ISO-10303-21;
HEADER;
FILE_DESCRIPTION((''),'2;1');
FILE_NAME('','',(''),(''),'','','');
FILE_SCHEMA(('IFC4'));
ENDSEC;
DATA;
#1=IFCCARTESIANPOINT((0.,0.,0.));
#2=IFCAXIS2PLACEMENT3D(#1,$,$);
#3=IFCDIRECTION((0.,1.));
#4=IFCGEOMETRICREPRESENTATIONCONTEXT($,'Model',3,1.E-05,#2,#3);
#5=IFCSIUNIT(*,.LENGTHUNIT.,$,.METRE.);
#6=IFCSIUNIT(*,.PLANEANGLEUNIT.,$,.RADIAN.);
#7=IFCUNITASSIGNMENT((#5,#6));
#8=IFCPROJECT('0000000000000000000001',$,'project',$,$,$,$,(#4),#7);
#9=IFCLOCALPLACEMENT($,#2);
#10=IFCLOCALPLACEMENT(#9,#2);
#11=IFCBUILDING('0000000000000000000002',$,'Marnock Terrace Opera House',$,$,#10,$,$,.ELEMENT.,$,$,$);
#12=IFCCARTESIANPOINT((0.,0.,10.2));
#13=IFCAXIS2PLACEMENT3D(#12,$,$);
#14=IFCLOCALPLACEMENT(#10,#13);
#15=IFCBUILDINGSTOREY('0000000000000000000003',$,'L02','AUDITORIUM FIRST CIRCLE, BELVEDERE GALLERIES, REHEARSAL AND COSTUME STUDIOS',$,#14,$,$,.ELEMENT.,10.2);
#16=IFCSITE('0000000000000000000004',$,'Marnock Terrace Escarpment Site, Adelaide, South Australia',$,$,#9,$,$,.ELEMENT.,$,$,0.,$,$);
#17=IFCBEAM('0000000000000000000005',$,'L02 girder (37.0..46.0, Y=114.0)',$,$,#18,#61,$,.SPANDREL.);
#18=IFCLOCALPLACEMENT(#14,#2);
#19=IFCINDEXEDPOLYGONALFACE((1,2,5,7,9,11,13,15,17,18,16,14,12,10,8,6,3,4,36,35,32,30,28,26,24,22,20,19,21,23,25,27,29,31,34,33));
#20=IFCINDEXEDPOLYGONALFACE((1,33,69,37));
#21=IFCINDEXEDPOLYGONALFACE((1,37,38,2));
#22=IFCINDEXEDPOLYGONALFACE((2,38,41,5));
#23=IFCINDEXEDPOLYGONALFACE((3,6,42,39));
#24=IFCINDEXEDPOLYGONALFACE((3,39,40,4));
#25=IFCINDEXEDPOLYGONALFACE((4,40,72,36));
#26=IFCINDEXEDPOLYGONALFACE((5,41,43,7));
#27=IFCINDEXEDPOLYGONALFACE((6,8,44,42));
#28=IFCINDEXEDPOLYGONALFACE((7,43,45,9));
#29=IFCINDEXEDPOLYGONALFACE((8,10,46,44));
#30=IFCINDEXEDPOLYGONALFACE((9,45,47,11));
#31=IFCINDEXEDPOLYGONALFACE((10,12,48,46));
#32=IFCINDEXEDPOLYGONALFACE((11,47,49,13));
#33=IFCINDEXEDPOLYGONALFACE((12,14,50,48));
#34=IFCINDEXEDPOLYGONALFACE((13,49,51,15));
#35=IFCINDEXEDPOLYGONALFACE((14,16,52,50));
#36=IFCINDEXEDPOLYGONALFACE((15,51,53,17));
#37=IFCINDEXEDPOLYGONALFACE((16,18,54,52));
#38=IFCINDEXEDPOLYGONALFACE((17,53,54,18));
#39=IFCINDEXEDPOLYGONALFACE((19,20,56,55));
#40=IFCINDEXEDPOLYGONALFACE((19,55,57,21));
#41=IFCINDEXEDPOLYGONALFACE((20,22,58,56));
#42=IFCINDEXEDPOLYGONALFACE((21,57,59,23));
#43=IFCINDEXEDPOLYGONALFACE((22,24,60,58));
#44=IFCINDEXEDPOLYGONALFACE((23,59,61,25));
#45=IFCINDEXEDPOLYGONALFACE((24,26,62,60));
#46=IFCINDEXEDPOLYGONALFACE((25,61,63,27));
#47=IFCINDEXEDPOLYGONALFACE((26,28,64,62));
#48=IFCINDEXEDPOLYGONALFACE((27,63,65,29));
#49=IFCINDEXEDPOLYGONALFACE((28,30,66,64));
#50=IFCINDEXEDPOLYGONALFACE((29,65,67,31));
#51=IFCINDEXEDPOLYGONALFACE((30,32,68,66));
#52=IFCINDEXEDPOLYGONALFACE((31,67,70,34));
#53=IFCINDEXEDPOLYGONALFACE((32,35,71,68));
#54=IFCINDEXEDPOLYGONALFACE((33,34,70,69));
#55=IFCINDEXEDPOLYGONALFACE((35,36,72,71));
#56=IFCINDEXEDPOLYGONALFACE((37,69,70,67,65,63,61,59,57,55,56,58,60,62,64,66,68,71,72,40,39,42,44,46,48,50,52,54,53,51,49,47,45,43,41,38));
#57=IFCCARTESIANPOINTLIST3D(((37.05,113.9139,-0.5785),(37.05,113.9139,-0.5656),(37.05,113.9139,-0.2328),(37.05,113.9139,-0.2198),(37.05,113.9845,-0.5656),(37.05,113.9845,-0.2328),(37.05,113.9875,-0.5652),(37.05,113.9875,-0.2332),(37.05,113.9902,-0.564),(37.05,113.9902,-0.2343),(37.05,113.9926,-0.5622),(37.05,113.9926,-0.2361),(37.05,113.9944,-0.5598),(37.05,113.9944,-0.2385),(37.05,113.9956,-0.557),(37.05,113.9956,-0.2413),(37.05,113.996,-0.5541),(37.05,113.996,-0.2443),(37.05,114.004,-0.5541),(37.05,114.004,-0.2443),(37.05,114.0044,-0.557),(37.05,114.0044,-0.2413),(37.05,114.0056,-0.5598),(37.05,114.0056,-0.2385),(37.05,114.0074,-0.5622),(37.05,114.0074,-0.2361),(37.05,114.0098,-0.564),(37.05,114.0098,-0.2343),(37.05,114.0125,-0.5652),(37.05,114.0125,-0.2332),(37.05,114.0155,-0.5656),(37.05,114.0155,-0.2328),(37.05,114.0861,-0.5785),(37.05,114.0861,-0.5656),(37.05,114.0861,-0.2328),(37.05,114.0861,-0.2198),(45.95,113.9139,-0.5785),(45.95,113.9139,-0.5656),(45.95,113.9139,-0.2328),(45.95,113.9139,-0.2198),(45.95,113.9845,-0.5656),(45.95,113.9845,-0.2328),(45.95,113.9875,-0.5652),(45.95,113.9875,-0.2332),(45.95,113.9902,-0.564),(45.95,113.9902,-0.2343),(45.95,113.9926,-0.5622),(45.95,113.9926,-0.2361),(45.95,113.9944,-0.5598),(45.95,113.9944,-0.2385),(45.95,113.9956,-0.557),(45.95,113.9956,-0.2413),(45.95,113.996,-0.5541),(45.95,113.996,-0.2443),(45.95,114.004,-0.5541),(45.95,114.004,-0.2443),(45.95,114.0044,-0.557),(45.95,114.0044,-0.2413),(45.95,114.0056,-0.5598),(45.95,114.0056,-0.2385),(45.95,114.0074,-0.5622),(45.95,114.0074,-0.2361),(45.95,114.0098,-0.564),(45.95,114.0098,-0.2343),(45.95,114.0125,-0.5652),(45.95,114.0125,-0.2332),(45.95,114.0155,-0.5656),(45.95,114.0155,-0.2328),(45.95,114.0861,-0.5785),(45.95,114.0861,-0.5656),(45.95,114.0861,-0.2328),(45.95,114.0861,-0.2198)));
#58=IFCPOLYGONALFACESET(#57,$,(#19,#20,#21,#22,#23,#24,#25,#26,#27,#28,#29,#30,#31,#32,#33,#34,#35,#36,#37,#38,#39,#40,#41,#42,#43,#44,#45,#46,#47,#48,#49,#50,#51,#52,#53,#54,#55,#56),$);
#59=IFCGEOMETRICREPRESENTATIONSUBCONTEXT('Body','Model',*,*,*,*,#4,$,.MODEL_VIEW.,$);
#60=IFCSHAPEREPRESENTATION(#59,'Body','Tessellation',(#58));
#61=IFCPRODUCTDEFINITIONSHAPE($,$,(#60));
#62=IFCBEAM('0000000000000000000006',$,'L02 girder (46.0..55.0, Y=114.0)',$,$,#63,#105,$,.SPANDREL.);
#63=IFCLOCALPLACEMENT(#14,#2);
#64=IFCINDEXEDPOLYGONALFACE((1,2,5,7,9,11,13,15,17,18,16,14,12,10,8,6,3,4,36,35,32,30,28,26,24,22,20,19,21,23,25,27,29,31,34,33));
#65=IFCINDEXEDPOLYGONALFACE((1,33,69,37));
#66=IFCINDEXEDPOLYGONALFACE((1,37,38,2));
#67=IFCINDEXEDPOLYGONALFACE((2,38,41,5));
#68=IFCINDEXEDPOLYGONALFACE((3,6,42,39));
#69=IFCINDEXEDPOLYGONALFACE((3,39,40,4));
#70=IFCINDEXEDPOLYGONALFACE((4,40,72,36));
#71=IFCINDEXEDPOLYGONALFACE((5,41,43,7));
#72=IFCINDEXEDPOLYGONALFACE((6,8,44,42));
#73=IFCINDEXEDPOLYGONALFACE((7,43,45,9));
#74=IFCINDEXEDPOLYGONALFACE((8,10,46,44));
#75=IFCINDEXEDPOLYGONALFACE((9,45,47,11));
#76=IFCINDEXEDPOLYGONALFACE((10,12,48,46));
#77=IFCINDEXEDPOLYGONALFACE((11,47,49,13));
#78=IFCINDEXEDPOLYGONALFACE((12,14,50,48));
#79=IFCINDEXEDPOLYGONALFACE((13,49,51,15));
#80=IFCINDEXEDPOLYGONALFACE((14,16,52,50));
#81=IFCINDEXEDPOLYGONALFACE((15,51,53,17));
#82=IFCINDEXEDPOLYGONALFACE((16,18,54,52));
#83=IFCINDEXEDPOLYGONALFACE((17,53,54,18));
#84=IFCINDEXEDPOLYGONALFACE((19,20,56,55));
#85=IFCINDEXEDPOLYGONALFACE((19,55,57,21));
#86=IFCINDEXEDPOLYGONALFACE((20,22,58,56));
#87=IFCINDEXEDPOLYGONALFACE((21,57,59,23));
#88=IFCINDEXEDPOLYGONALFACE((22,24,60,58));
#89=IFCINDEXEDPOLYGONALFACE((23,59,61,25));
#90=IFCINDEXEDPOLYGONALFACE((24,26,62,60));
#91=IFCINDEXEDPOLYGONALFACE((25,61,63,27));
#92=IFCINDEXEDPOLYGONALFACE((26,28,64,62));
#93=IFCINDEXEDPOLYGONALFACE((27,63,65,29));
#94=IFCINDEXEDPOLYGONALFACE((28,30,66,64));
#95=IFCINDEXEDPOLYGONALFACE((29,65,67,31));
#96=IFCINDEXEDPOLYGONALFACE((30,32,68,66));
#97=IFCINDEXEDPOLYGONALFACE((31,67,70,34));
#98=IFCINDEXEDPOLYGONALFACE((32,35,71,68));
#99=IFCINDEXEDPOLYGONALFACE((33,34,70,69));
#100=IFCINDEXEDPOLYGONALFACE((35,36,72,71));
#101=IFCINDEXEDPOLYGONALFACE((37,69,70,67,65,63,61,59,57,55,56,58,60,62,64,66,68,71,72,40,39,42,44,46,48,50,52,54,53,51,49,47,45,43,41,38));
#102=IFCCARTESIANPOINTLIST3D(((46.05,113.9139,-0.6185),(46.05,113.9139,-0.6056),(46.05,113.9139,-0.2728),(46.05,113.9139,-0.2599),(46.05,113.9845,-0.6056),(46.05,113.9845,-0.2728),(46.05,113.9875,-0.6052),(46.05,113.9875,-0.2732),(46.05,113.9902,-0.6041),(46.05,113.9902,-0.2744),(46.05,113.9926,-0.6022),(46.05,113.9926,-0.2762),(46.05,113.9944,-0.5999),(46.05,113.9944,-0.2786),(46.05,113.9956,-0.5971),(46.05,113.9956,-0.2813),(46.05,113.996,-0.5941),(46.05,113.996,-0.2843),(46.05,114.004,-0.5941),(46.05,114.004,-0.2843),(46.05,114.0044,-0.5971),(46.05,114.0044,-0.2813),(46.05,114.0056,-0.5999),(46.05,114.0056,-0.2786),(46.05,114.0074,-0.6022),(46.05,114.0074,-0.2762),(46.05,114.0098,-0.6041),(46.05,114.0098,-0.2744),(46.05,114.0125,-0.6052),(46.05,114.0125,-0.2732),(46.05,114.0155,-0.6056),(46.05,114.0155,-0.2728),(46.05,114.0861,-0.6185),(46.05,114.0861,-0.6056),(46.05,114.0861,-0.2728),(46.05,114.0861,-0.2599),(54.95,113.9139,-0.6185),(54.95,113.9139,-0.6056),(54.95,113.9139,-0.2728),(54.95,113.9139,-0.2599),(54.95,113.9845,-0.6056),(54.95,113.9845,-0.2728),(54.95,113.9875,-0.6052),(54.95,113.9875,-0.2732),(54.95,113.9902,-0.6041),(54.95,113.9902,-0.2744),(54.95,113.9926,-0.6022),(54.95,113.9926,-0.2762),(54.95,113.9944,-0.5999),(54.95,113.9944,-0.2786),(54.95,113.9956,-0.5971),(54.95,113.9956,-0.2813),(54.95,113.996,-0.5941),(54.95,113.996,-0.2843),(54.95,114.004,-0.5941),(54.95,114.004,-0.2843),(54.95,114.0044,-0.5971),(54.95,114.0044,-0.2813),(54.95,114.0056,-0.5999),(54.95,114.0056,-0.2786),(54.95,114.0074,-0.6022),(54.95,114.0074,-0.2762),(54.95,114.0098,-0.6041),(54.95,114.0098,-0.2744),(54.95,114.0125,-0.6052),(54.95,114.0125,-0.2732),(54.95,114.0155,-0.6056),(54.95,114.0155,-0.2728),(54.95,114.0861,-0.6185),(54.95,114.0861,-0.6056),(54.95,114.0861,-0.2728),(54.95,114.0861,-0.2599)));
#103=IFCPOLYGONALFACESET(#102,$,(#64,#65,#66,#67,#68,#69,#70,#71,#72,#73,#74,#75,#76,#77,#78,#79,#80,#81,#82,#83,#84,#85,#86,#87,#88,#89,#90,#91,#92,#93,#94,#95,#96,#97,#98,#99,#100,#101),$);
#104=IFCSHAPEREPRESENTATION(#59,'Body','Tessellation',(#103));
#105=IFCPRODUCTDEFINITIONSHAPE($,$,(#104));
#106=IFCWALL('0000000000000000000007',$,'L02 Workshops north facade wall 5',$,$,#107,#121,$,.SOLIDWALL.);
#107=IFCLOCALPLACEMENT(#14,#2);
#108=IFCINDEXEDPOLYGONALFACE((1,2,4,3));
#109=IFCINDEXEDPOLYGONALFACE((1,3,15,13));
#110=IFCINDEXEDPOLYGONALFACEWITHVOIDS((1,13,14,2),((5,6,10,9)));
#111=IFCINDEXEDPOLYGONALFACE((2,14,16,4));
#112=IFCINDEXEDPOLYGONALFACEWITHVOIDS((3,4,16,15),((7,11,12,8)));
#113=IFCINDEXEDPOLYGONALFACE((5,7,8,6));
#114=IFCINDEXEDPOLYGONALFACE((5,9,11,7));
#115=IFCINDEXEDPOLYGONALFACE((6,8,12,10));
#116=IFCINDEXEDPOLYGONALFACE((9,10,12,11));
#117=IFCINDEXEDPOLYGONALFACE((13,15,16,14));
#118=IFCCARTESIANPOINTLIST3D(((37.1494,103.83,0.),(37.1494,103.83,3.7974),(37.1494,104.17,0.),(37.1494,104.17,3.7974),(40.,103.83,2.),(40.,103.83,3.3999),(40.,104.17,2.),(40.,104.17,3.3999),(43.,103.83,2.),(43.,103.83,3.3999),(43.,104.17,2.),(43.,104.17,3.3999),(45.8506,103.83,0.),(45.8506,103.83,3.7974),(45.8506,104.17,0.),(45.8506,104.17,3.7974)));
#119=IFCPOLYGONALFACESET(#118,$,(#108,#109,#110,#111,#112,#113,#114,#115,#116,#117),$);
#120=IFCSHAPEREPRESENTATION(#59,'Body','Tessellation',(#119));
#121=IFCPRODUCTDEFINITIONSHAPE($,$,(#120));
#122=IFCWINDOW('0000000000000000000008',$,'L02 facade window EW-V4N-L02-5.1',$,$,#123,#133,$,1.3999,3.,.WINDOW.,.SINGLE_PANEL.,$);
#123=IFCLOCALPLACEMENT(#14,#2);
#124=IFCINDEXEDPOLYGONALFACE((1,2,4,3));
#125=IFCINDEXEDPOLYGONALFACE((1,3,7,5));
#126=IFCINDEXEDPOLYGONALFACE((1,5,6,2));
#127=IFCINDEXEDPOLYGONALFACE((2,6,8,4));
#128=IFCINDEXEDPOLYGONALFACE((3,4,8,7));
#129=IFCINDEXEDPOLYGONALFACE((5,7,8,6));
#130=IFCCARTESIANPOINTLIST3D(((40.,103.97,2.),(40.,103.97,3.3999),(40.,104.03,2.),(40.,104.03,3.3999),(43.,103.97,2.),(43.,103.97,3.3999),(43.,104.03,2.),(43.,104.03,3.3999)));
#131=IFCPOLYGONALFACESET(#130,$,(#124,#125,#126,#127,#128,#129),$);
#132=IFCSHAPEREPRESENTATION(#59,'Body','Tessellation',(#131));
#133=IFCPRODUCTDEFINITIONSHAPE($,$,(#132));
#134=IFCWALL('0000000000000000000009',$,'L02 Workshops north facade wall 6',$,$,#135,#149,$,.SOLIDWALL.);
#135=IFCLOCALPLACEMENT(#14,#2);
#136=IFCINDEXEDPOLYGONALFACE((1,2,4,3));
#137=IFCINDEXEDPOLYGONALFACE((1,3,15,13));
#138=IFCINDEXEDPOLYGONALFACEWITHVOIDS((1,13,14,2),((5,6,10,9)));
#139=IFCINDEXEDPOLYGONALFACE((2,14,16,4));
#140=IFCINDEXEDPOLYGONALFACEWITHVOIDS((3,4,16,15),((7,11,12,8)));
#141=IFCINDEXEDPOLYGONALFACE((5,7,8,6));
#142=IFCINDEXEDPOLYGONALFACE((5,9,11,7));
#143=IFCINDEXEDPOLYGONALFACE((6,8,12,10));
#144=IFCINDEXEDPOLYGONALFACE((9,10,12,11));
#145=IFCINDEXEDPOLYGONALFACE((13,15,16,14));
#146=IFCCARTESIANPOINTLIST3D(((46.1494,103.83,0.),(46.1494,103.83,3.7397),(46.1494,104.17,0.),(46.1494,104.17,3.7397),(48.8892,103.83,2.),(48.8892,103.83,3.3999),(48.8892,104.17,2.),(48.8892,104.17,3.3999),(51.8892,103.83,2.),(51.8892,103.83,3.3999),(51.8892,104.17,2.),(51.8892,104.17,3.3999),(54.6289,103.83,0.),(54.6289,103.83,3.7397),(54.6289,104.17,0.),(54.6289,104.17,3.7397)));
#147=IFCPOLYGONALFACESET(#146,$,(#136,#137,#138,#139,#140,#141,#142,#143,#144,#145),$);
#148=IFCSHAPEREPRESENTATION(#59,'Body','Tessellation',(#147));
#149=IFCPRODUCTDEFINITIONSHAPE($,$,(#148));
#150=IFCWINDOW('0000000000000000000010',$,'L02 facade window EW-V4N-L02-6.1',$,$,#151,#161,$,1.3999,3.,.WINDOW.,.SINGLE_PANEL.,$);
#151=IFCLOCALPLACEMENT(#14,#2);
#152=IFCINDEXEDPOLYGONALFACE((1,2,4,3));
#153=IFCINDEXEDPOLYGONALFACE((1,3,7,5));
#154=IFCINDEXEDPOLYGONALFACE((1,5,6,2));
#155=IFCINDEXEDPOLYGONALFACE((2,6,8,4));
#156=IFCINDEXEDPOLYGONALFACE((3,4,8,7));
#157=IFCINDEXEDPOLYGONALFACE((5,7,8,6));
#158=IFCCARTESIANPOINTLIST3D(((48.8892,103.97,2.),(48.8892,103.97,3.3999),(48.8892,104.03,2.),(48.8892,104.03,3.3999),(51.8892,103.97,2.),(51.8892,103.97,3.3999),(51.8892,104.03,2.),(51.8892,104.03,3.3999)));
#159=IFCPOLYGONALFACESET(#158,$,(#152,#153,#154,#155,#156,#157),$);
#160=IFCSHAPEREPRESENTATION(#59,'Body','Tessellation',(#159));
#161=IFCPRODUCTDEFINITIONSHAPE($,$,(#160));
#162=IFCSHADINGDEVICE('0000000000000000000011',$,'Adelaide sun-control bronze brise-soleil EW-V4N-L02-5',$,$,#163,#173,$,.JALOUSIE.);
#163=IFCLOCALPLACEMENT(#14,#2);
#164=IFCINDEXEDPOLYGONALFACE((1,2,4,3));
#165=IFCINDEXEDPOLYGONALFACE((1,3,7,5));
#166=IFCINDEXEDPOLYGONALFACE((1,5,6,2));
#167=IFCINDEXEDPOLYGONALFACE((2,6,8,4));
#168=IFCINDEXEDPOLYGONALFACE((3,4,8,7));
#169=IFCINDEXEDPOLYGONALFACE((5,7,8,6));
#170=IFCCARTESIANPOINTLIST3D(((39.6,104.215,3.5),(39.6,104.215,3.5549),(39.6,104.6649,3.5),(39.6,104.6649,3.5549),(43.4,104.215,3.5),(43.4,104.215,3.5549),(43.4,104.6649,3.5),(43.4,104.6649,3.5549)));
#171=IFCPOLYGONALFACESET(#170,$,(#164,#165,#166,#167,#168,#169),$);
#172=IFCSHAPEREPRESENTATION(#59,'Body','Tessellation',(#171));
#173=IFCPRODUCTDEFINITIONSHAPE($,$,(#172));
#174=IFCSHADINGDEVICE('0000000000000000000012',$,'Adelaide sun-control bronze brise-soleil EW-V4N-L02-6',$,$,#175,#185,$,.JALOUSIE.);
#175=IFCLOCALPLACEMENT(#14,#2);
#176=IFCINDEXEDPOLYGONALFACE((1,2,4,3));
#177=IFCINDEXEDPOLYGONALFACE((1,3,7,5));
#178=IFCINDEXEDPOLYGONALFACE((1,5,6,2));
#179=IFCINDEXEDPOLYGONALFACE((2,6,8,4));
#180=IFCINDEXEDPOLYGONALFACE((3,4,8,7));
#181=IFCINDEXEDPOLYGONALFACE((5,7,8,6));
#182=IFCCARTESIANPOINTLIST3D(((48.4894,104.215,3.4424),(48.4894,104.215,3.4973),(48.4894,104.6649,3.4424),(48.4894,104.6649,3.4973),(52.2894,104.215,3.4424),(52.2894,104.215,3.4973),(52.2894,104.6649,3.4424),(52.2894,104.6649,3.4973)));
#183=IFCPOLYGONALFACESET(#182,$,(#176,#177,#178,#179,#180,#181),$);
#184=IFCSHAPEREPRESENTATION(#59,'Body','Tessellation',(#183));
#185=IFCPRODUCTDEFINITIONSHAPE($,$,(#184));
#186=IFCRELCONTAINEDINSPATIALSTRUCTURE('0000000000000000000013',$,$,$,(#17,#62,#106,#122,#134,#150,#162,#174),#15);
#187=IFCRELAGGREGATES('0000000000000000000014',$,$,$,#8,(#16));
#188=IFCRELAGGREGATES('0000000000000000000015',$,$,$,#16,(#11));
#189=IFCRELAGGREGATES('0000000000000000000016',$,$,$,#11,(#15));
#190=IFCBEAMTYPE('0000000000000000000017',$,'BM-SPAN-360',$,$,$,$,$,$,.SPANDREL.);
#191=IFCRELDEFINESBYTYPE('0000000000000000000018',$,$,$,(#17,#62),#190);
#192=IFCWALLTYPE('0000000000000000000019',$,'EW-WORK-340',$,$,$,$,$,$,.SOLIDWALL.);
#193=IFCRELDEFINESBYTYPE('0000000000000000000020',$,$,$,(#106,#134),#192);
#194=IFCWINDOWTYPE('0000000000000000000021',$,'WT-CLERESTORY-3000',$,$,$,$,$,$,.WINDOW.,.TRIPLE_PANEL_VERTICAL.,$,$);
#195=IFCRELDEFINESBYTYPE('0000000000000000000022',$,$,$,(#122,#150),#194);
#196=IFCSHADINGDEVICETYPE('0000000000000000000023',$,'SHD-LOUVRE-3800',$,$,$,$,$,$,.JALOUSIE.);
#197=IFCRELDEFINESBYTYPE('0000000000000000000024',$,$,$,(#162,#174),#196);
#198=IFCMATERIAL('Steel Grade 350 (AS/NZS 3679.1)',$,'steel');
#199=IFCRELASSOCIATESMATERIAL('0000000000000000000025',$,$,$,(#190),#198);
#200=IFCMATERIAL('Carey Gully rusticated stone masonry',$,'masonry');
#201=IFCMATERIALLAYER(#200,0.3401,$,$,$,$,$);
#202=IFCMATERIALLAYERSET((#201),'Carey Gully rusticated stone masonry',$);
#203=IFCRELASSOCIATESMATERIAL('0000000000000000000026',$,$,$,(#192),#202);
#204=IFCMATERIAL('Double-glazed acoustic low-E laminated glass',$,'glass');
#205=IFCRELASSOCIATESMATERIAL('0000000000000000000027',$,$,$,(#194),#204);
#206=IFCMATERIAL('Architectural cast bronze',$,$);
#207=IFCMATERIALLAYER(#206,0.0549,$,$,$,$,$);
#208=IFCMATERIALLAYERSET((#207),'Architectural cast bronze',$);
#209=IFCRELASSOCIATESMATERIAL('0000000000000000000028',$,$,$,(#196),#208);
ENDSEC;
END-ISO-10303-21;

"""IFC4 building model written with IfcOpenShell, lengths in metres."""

from ifc_helpers import new_model, si_unit, direction, frame, frame_2d, origin, origin_2d, place, context, subcontext, project, spatial, rectangle, i_section, extrude, material, layer, layer_set, material_profile, profile_set, type_object, element, fill, save


model = new_model("IFC4")

# Units and contexts
model_context = context("Model", 3, precision=1e-05, world=origin(), true_north=direction((0.0, 1.0)))
body_context = subcontext(model_context, "Body", "Model", "MODEL_VIEW")
ifc_project = project(units=[si_unit("LENGTHUNIT", "METRE"), si_unit("PLANEANGLEUNIT", "RADIAN")], contexts=[model_context])

# Site, building, storey
site_placement = place(None, origin())
site = spatial("IfcSite", under=ifc_project, at=site_placement, Name="Marnock Terrace Escarpment Site, Adelaide, South Australia", CompositionType="ELEMENT", RefElevation=0.0)
building_placement = place(site_placement, origin())
building = spatial("IfcBuilding", under=site, at=building_placement, Name="Marnock Terrace Opera House", CompositionType="ELEMENT")
storey_placement = place(building_placement, frame((0.0, 0.0, 10.2)))
storey = spatial("IfcBuildingStorey", under=building, at=storey_placement, Name="L02", Description="AUDITORIUM FIRST CIRCLE, BELVEDERE GALLERIES, REHEARSAL AND COSTUME STUDIOS", CompositionType="ELEMENT", Elevation=10.2)

# Shared definitions
ifc_material_1 = material(Name="Steel Grade 350 (AS/NZS 3679.1)", Category="steel")

# Beams
ifc_material_profile_1 = material_profile(ifc_material_1, i_section(OverallWidth=0.1721, OverallDepth=0.3586, WebThickness=0.0081, FlangeThickness=0.0129, FilletRadius=0.0115, at=origin_2d()))
ifc_profile_set_1 = profile_set([ifc_material_profile_1], Name="Steel Grade 350 (AS/NZS 3679.1)")
beam_type_1 = type_object("IfcBeamType", Name="BM-SPAN-360", PredefinedType="SPANDREL", material=ifc_profile_set_1)
for number, where, z_axis, x_axis, name in (
    (1, (37.05, 114.0, -0.3992), (1.0, 0.0, 0.0), (0.0, 1.0, 0.0), "L02 girder (37.0..46.0, Y=114.0)"),
    (2, (46.05, 114.0, -0.4392), (1.0, 0.0, 0.0), (0.0, 1.0, 0.0), "L02 girder (46.0..55.0, Y=114.0)"),
):
    element("IfcBeam", number, at=place(storey_placement, frame(where, z_axis=z_axis, x_axis=x_axis)), inside=storey, type_object=beam_type_1, Name=name, PredefinedType="SPANDREL", context=body_context, shape_type="SweptSolid", body=[
        extrude(i_section(OverallWidth=0.1721, OverallDepth=0.3586, WebThickness=0.0081, FlangeThickness=0.0129, FilletRadius=0.0115, at=origin_2d()), origin(), (0.0, 0.0, 1.0), 8.8999),
    ])

# Walls, openings, windows
ifc_material_2 = material(Name="Carey Gully rusticated stone masonry", Category="masonry")
ifc_layer_1 = layer(ifc_material_2, 0.3401)
ifc_layer_set_1 = layer_set([ifc_layer_1], Name="Carey Gully rusticated stone masonry")
wall_type = type_object("IfcWallType", Name="EW-WORK-340", PredefinedType="SOLIDWALL", material=ifc_layer_set_1)
wall_1_placement = place(storey_placement, frame((37.1494, 104.0, 0.0), z_axis=(0.0, 0.0, 1.0), x_axis=(1.0, 0.0, 0.0)))
wall_1 = element("IfcWall", 3, at=wall_1_placement, inside=storey, type_object=wall_type, Name="L02 Workshops north facade wall 5", PredefinedType="SOLIDWALL", context=body_context, shape_type="SweptSolid", body=[
    extrude(rectangle(XDim=8.7012, YDim=0.3401, at=frame_2d((4.3506, 0.0))), origin(), (0.0, 0.0, 1.0), 3.7974),
])
opening_1_placement = place(wall_1_placement, frame((2.8506, 0.0, 2.0)))
opening_1 = element("IfcOpeningElement", 4, at=opening_1_placement, cuts=wall_1, PredefinedType="OPENING", context=body_context, shape_type="SweptSolid", body=[
    extrude(rectangle(XDim=3.0, YDim=1.3999, at=frame_2d((1.5, 0.7))), frame((0.0, 0.1799, 0.0), z_axis=(0.0, -1.0, 0.0), x_axis=(1.0, 0.0, 0.0)), (0.0, 0.0, 1.0), 0.3601),
])
ifc_material_3 = material(Name="Double-glazed acoustic low-E laminated glass", Category="glass")
window_type = type_object("IfcWindowType", Name="WT-CLERESTORY-3000", PartitioningType="TRIPLE_PANEL_VERTICAL", PredefinedType="WINDOW", material=ifc_material_3)
window_1_placement = place(opening_1_placement, origin())
window_1 = element("IfcWindow", 5, at=window_1_placement, inside=storey, type_object=window_type, Name="L02 facade window EW-V4N-L02-5.1", OverallHeight=1.3999, OverallWidth=3.0, PartitioningType="SINGLE_PANEL", PredefinedType="WINDOW", context=body_context, shape_type="SweptSolid", body=[
    extrude(rectangle(XDim=3.0, YDim=1.3999, at=frame_2d((1.5, 0.7))), frame((0.0, 0.03, 0.0), z_axis=(0.0, -1.0, 0.0), x_axis=(1.0, 0.0, 0.0)), (0.0, 0.0, 1.0), 0.0601),
])
fill(opening_1, window_1)
wall_2_placement = place(storey_placement, frame((46.1494, 104.0, 0.0), z_axis=(0.0, 0.0, 1.0), x_axis=(1.0, 0.0, 0.0)))
wall_2 = element("IfcWall", 6, at=wall_2_placement, inside=storey, type_object=wall_type, Name="L02 Workshops north facade wall 6", PredefinedType="SOLIDWALL", context=body_context, shape_type="SweptSolid", body=[
    extrude(rectangle(XDim=8.4795, YDim=0.3401, at=frame_2d((4.2397, 0.0))), origin(), (0.0, 0.0, 1.0), 3.7397),
])
opening_2_placement = place(wall_2_placement, frame((2.7397, 0.0, 2.0)))
opening_2 = element("IfcOpeningElement", 7, at=opening_2_placement, cuts=wall_2, PredefinedType="OPENING", context=body_context, shape_type="SweptSolid", body=[
    extrude(rectangle(XDim=3.0, YDim=1.3999, at=frame_2d((1.5, 0.7))), frame((0.0, 0.1799, 0.0), z_axis=(0.0, -1.0, 0.0), x_axis=(1.0, 0.0, 0.0)), (0.0, 0.0, 1.0), 0.3601),
])
window_2_placement = place(opening_2_placement, origin())
window_2 = element("IfcWindow", 8, at=window_2_placement, inside=storey, type_object=window_type, Name="L02 facade window EW-V4N-L02-6.1", OverallHeight=1.3999, OverallWidth=3.0, PartitioningType="SINGLE_PANEL", PredefinedType="WINDOW", context=body_context, shape_type="SweptSolid", body=[
    extrude(rectangle(XDim=3.0, YDim=1.3999, at=frame_2d((1.5, 0.7))), frame((0.0, 0.03, 0.0), z_axis=(0.0, -1.0, 0.0), x_axis=(1.0, 0.0, 0.0)), (0.0, 0.0, 1.0), 0.0601),
])
fill(opening_2, window_2)

# Shading devices
ifc_material_4 = material(Name="Architectural cast bronze")
ifc_layer_2 = layer(ifc_material_4, 0.0549)
ifc_layer_set_2 = layer_set([ifc_layer_2], Name="Architectural cast bronze")
shading_device_type = type_object("IfcShadingDeviceType", Name="SHD-LOUVRE-3800", PredefinedType="JALOUSIE", material=ifc_layer_set_2)
for number, where, z_axis, x_axis, name in (
    (9, (41.5, 104.4399, 3.5), (0.0, 0.0, 1.0), (1.0, 0.0, 0.0), "Adelaide sun-control bronze brise-soleil EW-V4N-L02-5"),
    (10, (50.3894, 104.4399, 3.4424), (0.0, 0.0, 1.0), (1.0, 0.0, 0.0), "Adelaide sun-control bronze brise-soleil EW-V4N-L02-6"),
):
    element("IfcShadingDevice", number, at=place(storey_placement, frame(where, z_axis=z_axis, x_axis=x_axis)), inside=storey, type_object=shading_device_type, Name=name, PredefinedType="JALOUSIE", context=body_context, shape_type="SweptSolid", body=[
        extrude(rectangle(XDim=3.8, YDim=0.45, at=origin_2d()), origin(), (0.0, 0.0, 1.0), 0.0549),
    ])

save(model, "model.ifc")
